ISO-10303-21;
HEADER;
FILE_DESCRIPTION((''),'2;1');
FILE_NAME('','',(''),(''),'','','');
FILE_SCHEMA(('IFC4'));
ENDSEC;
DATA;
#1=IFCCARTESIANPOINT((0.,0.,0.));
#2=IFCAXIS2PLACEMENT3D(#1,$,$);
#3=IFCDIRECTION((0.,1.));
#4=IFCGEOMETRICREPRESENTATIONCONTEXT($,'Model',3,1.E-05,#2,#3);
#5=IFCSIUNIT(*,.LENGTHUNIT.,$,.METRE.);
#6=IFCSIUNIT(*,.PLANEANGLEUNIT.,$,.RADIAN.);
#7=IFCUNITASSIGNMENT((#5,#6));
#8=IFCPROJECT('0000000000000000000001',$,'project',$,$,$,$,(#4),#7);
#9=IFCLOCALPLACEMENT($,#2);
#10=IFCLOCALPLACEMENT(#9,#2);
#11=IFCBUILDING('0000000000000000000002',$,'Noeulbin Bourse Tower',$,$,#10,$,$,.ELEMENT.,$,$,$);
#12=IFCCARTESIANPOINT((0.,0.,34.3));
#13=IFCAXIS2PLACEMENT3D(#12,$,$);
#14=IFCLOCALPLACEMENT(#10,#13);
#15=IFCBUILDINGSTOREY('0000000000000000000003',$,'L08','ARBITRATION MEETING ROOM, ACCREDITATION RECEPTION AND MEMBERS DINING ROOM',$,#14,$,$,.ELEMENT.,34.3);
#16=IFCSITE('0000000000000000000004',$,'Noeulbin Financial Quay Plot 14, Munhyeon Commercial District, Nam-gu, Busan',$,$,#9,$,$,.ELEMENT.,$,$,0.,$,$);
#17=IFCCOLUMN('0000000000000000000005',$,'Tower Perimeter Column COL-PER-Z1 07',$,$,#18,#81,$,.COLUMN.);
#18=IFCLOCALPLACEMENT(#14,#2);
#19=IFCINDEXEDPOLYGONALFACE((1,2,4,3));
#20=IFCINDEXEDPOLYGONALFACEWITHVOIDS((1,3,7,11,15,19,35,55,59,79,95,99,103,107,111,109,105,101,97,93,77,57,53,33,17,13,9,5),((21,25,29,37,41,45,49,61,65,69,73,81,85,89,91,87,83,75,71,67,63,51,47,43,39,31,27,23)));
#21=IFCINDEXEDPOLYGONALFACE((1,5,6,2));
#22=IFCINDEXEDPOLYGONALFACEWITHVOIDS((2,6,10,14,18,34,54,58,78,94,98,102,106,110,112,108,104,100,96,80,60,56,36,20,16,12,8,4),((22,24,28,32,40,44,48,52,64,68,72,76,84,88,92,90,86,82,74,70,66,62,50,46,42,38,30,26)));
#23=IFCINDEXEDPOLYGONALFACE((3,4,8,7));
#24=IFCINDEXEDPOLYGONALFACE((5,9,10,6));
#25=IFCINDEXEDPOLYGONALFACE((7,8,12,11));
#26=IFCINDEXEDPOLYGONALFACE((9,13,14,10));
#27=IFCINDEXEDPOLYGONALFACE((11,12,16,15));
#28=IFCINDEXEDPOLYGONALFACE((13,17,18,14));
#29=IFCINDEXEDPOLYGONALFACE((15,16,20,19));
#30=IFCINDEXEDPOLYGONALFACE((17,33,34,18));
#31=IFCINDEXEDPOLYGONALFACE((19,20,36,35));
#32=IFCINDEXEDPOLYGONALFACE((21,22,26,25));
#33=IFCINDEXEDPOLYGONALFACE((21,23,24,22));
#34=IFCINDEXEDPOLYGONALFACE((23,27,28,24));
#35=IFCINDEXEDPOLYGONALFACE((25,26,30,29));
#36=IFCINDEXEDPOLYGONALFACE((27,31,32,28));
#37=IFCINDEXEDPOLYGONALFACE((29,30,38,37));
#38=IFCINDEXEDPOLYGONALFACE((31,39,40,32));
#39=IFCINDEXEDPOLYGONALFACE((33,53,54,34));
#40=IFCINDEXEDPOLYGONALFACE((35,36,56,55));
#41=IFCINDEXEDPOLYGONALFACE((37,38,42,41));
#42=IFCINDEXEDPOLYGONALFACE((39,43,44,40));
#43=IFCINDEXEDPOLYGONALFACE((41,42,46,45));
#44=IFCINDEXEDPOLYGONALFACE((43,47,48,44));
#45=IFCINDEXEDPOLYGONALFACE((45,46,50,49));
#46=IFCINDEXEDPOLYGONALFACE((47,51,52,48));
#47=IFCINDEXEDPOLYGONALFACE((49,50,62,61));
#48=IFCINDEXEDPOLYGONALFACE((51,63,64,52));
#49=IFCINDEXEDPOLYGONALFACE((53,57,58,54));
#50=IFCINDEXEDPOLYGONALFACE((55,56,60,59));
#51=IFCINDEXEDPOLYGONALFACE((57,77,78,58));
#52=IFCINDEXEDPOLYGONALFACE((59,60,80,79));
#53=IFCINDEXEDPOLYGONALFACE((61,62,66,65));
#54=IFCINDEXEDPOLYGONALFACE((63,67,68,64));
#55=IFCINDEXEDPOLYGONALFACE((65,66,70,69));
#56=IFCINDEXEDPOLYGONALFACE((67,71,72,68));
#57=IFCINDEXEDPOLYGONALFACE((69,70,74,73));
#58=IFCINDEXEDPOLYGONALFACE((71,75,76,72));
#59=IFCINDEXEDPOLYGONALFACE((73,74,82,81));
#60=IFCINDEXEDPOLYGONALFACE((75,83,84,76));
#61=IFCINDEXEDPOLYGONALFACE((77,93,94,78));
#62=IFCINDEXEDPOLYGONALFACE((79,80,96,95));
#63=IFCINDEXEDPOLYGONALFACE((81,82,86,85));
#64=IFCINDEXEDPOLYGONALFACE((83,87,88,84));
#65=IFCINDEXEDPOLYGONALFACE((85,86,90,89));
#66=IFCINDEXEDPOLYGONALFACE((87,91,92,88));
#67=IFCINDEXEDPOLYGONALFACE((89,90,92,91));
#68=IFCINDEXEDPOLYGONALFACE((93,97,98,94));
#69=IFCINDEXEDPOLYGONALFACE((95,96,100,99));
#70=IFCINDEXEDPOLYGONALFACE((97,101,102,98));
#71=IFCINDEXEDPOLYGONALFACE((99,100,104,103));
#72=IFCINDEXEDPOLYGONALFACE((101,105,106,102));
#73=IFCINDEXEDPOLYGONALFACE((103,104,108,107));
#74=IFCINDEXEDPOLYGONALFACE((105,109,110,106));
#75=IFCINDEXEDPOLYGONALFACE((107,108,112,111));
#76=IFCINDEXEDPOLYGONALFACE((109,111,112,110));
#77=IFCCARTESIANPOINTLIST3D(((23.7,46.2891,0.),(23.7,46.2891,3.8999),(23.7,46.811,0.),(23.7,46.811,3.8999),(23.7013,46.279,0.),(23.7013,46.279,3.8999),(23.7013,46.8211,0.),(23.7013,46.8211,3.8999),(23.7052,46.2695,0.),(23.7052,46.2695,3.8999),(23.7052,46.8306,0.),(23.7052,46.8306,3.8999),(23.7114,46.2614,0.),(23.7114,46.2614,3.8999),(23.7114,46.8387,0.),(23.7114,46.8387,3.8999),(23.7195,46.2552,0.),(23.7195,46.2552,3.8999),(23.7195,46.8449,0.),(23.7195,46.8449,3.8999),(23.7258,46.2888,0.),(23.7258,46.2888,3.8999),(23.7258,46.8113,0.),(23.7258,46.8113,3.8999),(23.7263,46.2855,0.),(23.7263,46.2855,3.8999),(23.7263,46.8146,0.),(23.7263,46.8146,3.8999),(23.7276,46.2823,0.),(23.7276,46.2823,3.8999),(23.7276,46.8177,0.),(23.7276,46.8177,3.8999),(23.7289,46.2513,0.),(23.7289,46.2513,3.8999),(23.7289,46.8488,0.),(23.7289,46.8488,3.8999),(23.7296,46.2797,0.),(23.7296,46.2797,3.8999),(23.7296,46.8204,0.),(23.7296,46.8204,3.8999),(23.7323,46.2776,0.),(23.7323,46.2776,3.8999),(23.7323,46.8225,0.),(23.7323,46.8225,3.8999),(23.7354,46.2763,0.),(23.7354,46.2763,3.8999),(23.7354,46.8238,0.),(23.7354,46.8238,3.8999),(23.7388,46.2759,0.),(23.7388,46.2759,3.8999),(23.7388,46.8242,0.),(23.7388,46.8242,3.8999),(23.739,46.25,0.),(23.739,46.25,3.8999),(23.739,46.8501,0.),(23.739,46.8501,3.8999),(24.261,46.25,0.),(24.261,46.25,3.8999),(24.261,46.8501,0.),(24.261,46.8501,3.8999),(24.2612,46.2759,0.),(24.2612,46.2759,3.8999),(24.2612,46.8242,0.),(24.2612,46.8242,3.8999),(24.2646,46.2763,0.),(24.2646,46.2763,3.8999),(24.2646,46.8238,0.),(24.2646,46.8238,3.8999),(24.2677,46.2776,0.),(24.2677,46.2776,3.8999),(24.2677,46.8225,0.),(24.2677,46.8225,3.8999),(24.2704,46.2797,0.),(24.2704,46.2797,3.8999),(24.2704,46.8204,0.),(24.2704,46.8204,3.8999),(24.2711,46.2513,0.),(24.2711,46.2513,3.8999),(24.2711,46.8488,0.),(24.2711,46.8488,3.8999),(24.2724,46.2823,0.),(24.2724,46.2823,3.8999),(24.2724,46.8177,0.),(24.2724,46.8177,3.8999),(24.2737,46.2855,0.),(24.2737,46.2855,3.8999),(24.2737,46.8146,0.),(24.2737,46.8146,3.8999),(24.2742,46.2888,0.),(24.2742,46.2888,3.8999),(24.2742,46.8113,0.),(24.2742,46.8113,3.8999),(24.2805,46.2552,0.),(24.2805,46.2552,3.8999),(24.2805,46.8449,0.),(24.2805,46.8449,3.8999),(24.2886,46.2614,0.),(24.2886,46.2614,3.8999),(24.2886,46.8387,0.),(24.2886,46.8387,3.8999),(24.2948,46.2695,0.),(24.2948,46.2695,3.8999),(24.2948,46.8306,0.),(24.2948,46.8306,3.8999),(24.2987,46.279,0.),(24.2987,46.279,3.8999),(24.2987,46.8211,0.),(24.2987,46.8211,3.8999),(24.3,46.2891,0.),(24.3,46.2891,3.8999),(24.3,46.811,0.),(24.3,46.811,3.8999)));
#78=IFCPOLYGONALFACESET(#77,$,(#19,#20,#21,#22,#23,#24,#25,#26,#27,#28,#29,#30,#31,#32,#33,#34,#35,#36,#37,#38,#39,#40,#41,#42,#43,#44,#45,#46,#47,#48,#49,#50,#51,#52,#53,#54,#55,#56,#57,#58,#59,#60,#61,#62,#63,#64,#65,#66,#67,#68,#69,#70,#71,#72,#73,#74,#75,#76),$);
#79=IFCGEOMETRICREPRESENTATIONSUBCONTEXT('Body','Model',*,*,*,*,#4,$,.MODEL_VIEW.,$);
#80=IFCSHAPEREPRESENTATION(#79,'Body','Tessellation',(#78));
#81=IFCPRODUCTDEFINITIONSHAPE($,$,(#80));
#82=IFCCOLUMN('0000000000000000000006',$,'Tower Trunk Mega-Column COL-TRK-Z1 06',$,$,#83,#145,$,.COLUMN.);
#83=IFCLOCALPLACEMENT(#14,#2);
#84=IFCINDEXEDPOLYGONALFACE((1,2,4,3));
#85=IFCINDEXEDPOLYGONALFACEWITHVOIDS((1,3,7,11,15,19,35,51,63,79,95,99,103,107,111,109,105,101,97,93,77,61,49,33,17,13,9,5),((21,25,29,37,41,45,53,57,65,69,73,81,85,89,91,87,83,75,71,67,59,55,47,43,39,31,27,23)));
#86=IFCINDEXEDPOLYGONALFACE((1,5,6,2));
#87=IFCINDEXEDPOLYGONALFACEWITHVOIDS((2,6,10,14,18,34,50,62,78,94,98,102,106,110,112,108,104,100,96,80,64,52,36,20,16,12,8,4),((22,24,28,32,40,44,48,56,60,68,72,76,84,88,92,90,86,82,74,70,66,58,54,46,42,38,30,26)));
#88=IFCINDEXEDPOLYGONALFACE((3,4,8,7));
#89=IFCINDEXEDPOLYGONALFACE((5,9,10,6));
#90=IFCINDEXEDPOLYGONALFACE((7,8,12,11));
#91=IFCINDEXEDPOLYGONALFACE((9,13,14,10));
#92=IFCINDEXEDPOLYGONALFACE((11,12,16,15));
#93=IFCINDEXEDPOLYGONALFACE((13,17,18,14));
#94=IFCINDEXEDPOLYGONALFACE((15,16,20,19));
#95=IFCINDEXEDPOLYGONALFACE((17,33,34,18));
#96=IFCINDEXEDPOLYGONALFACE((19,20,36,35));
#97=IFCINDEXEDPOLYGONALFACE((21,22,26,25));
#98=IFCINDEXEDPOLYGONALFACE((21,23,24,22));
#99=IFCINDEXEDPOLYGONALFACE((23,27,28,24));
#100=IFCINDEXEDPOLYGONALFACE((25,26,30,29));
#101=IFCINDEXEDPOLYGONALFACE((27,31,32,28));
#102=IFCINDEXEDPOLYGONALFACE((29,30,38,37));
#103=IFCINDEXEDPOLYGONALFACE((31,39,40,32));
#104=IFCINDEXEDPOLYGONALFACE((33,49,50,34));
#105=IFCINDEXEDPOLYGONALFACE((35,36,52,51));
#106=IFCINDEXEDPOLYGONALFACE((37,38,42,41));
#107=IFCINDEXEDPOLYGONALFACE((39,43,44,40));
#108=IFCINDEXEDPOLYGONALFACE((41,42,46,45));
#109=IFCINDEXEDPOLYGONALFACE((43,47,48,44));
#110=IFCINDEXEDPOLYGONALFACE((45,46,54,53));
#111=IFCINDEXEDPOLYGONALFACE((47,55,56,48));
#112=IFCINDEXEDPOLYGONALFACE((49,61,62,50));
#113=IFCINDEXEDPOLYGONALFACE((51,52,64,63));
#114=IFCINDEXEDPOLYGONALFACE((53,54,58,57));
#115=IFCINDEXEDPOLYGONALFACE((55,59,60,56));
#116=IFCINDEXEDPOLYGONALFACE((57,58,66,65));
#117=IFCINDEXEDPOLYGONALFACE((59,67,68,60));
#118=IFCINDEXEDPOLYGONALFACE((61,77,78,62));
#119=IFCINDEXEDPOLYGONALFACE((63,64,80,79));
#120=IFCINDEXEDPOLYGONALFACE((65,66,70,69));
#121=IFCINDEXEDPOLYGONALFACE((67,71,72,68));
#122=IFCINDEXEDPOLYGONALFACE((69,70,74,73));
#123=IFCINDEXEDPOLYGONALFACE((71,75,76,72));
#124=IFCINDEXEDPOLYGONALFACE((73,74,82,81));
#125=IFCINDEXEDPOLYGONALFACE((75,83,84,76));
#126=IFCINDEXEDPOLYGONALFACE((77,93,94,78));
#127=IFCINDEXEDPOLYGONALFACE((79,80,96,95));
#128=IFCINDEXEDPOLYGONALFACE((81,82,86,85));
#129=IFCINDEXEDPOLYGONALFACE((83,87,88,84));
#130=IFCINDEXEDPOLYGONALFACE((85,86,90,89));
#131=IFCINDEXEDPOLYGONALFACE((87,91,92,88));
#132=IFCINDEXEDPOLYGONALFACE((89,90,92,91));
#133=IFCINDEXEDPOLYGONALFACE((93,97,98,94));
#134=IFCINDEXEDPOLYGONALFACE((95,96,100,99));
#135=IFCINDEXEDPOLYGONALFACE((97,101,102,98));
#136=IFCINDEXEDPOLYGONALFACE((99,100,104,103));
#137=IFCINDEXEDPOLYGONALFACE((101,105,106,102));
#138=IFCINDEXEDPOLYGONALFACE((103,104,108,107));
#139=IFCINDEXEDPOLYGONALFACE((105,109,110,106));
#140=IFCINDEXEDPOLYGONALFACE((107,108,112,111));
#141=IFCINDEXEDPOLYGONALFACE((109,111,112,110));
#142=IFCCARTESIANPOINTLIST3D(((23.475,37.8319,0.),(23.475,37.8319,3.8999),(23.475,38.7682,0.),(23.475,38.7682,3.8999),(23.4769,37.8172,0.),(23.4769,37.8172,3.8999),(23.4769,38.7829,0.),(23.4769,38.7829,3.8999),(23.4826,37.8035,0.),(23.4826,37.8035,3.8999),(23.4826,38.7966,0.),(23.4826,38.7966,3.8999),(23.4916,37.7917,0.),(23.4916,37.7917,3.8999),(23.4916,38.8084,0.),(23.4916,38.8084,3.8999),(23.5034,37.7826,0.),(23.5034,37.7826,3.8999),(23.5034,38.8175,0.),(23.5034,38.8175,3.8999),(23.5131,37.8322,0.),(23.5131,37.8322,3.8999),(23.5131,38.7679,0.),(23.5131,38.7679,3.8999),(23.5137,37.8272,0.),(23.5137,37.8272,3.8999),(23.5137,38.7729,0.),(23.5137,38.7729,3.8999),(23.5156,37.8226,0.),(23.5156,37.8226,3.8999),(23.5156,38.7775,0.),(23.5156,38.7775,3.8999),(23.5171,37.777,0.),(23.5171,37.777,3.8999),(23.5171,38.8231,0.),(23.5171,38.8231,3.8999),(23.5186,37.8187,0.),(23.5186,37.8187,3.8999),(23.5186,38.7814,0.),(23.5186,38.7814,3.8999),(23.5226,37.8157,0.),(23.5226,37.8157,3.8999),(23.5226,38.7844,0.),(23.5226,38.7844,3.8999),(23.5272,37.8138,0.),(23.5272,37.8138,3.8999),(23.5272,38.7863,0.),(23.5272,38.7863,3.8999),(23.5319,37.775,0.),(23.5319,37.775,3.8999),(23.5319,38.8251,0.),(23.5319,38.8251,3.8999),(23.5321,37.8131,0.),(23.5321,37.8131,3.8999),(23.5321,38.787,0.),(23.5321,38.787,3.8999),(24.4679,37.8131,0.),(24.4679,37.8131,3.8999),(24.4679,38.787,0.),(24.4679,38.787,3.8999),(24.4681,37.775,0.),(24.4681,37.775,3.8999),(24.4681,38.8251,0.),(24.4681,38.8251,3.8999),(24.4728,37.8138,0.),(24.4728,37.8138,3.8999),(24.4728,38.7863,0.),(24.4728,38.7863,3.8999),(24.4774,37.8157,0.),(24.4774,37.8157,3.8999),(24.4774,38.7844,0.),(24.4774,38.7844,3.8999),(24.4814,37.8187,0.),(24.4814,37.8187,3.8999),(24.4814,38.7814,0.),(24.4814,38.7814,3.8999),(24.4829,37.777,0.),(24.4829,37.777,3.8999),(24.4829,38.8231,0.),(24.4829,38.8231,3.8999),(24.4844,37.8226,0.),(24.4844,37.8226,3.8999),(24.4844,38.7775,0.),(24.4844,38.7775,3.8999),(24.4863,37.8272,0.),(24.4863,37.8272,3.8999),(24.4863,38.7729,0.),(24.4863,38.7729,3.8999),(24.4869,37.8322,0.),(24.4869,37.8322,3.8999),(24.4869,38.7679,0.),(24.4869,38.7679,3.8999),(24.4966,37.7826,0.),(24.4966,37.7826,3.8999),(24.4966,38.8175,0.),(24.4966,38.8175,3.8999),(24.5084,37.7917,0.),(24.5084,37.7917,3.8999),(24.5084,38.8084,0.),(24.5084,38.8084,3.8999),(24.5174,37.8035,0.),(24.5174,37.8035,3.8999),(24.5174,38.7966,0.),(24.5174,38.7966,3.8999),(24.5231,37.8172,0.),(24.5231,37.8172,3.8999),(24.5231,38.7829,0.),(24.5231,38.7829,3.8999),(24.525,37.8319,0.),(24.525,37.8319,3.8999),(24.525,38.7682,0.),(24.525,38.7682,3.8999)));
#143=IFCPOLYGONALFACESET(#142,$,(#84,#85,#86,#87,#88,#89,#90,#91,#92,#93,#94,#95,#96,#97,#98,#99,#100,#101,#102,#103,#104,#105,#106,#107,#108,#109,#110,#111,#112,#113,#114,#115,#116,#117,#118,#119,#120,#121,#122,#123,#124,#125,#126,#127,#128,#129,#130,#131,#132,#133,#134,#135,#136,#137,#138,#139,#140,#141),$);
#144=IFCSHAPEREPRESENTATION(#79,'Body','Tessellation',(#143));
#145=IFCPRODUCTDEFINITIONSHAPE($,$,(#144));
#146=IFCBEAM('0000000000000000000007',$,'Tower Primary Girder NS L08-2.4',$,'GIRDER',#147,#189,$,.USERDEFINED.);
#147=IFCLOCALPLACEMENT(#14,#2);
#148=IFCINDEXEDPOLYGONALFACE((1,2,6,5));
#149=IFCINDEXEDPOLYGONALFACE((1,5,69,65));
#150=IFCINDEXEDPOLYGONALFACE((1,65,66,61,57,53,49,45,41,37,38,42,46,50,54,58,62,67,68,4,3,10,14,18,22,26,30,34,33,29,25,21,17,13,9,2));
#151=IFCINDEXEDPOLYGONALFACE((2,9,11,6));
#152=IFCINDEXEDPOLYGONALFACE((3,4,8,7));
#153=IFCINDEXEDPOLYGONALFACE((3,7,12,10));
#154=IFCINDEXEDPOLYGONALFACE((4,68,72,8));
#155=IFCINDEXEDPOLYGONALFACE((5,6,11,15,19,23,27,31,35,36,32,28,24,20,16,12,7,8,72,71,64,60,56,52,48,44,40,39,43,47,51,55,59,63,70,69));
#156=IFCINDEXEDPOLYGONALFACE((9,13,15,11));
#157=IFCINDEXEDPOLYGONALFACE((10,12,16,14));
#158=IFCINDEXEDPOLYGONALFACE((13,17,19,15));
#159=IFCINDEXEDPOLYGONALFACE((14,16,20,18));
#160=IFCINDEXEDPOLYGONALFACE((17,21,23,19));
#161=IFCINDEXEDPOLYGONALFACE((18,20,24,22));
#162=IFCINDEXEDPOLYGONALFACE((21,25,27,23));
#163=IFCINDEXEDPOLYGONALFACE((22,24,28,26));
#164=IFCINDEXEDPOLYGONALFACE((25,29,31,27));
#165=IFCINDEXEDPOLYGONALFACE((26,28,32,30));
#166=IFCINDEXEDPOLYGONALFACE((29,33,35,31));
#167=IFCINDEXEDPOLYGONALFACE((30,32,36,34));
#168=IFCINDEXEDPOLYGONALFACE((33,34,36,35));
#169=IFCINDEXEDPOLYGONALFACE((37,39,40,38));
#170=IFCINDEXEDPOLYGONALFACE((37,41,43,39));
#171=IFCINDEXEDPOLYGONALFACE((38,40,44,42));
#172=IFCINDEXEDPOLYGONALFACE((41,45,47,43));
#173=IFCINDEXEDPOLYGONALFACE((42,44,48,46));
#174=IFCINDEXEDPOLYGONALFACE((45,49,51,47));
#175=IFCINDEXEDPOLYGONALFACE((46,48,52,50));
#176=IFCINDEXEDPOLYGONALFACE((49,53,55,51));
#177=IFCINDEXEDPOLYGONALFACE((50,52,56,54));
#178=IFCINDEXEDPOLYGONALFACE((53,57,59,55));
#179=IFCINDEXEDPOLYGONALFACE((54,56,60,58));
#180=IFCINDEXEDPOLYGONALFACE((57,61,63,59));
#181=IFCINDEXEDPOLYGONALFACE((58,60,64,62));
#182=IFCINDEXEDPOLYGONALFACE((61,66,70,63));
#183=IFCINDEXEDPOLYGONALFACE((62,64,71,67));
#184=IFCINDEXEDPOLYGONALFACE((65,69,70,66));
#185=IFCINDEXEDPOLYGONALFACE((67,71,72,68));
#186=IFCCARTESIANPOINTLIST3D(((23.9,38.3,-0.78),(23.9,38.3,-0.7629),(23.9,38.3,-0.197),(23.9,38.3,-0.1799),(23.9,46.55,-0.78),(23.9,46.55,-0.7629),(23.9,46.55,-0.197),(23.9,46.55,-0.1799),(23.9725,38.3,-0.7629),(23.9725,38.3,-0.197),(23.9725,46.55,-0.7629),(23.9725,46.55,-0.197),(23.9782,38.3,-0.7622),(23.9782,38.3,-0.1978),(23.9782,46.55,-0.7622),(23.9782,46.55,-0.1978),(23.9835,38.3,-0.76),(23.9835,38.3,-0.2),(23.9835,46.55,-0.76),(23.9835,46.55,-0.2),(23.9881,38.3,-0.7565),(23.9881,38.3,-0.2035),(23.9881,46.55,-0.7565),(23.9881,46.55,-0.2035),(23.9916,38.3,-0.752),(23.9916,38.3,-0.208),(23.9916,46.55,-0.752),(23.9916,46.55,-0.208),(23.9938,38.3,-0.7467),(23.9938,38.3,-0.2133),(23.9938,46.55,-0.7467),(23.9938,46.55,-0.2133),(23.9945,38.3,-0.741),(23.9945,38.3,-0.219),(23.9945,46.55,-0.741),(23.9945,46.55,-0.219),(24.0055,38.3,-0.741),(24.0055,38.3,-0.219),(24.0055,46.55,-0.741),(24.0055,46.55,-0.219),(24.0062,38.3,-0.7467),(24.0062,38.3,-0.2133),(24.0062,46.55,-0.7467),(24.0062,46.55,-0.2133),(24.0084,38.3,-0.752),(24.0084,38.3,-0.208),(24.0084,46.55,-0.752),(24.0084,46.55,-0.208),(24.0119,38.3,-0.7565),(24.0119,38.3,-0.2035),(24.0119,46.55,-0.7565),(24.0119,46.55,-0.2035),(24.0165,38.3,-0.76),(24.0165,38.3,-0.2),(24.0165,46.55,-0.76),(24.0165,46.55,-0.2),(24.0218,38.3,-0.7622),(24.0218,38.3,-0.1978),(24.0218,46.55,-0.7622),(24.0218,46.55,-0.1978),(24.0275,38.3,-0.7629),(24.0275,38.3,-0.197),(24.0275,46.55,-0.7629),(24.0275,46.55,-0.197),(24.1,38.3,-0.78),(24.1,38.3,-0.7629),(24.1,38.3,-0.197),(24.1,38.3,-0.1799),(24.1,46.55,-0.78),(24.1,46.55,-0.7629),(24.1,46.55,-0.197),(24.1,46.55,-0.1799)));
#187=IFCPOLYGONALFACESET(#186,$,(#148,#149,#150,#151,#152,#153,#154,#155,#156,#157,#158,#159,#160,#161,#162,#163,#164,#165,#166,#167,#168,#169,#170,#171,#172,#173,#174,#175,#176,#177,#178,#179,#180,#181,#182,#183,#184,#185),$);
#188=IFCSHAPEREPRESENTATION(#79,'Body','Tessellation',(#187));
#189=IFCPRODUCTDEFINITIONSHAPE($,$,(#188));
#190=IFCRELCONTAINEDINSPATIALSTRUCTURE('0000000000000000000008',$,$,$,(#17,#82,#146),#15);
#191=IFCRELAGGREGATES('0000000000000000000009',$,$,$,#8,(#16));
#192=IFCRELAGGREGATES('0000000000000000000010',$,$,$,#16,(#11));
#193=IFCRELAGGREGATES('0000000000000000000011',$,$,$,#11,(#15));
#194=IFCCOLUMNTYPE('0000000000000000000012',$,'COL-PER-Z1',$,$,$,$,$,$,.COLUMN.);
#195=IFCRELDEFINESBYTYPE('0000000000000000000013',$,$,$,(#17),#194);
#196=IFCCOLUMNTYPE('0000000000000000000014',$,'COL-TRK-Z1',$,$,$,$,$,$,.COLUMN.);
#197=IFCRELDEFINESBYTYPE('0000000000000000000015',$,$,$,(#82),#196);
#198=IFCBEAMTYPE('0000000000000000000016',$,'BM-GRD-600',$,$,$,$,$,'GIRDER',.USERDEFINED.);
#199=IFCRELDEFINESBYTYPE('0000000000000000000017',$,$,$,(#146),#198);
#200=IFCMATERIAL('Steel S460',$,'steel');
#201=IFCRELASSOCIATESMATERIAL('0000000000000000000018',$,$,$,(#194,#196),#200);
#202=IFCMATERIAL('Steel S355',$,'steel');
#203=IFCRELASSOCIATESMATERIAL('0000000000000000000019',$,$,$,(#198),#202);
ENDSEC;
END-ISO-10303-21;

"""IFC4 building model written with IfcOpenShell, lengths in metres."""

from ifc_helpers import new_model, si_unit, direction, frame, origin, origin_2d, place, context, subcontext, project, spatial, hollow_rectangle, i_section, extrude, material, material_profile, profile_set, type_object, element, save


model = new_model("IFC4")

# Units and contexts
model_context = context("Model", 3, precision=1e-05, world=origin(), true_north=direction((0.0, 1.0)))
body_context = subcontext(model_context, "Body", "Model", "MODEL_VIEW")
ifc_project = project(units=[si_unit("LENGTHUNIT", "METRE"), si_unit("PLANEANGLEUNIT", "RADIAN")], contexts=[model_context])

# Site, building, storey
site_placement = place(None, origin())
site = spatial("IfcSite", under=ifc_project, at=site_placement, Name="Noeulbin Financial Quay Plot 14, Munhyeon Commercial District, Nam-gu, Busan", CompositionType="ELEMENT", RefElevation=0.0)
building_placement = place(site_placement, origin())
building = spatial("IfcBuilding", under=site, at=building_placement, Name="Noeulbin Bourse Tower", CompositionType="ELEMENT")
storey_placement = place(building_placement, frame((0.0, 0.0, 34.3)))
storey = spatial("IfcBuildingStorey", under=building, at=storey_placement, Name="L08", Description="ARBITRATION MEETING ROOM, ACCREDITATION RECEPTION AND MEMBERS DINING ROOM", CompositionType="ELEMENT", Elevation=34.3)

# Columns
ifc_material_1 = material(Name="Steel S460", Category="steel")
ifc_material_profile_1 = material_profile(ifc_material_1, hollow_rectangle(XDim=0.6001, YDim=0.6001, WallThickness=0.0259, InnerFilletRadius=0.0129, OuterFilletRadius=0.0391, at=origin_2d()), Name="BOX-600x600x26", Category="LoadBearing")
ifc_profile_set_1 = profile_set([ifc_material_profile_1], Name="Steel S460")
column_type_1 = type_object("IfcColumnType", Name="COL-PER-Z1", PredefinedType="COLUMN", material=ifc_profile_set_1)
column_1_placement = place(storey_placement, frame((24.0, 46.55, 0.0), z_axis=(0.0, 0.0, 1.0), x_axis=(1.0, 0.0, 0.0)))
element("IfcColumn", 1, at=column_1_placement, inside=storey, type_object=column_type_1, Name="Tower Perimeter Column COL-PER-Z1 07", PredefinedType="COLUMN", context=body_context, shape_type="SweptSolid", body=[
    extrude(hollow_rectangle(XDim=0.6001, YDim=0.6001, WallThickness=0.0259, InnerFilletRadius=0.0129, OuterFilletRadius=0.0391, at=origin_2d()), origin(), (0.0, 0.0, 1.0), 3.8999),
])
ifc_material_profile_2 = material_profile(ifc_material_1, hollow_rectangle(XDim=1.05, YDim=1.05, WallThickness=0.0381, InnerFilletRadius=0.019, OuterFilletRadius=0.0569, at=origin_2d()), Name="BOX-1050x1050x38", Category="LoadBearing")
ifc_profile_set_2 = profile_set([ifc_material_profile_2], Name="Steel S460")
column_type_2 = type_object("IfcColumnType", Name="COL-TRK-Z1", PredefinedType="COLUMN", material=ifc_profile_set_2)
column_2_placement = place(storey_placement, frame((24.0, 38.3, 0.0), z_axis=(0.0, 0.0, 1.0), x_axis=(1.0, 0.0, 0.0)))
element("IfcColumn", 2, at=column_2_placement, inside=storey, type_object=column_type_2, Name="Tower Trunk Mega-Column COL-TRK-Z1 06", PredefinedType="COLUMN", context=body_context, shape_type="SweptSolid", body=[
    extrude(hollow_rectangle(XDim=1.05, YDim=1.05, WallThickness=0.0381, InnerFilletRadius=0.019, OuterFilletRadius=0.0569, at=origin_2d()), origin(), (0.0, 0.0, 1.0), 3.8999),
])

# Beam
ifc_material_2 = material(Name="Steel S355", Category="steel")
ifc_material_profile_3 = material_profile(ifc_material_2, i_section(OverallWidth=0.2, OverallDepth=0.6001, WebThickness=0.011, FlangeThickness=0.0171, FilletRadius=0.022, at=origin_2d()), Name="H-600x200x11x17", Category="LoadBearing")
ifc_profile_set_3 = profile_set([ifc_material_profile_3], Name="Steel S355")
beam_type_1 = type_object("IfcBeamType", Name="BM-GRD-600", ElementType="GIRDER", PredefinedType="USERDEFINED", material=ifc_profile_set_3)
beam_1_placement = place(storey_placement, frame((24.0, 38.3, -0.48), z_axis=(0.0, 1.0, 0.0), x_axis=(-1.0, 0.0, 0.0)))
element("IfcBeam", 3, at=beam_1_placement, inside=storey, type_object=beam_type_1, Name="Tower Primary Girder NS L08-2.4", ObjectType="GIRDER", PredefinedType="USERDEFINED", context=body_context, shape_type="SweptSolid", body=[
    extrude(i_section(OverallWidth=0.2, OverallDepth=0.6001, WebThickness=0.011, FlangeThickness=0.0171, FilletRadius=0.022, at=origin_2d()), origin(), (0.0, 0.0, 1.0), 8.25),
])

save(model, "model.ifc")
